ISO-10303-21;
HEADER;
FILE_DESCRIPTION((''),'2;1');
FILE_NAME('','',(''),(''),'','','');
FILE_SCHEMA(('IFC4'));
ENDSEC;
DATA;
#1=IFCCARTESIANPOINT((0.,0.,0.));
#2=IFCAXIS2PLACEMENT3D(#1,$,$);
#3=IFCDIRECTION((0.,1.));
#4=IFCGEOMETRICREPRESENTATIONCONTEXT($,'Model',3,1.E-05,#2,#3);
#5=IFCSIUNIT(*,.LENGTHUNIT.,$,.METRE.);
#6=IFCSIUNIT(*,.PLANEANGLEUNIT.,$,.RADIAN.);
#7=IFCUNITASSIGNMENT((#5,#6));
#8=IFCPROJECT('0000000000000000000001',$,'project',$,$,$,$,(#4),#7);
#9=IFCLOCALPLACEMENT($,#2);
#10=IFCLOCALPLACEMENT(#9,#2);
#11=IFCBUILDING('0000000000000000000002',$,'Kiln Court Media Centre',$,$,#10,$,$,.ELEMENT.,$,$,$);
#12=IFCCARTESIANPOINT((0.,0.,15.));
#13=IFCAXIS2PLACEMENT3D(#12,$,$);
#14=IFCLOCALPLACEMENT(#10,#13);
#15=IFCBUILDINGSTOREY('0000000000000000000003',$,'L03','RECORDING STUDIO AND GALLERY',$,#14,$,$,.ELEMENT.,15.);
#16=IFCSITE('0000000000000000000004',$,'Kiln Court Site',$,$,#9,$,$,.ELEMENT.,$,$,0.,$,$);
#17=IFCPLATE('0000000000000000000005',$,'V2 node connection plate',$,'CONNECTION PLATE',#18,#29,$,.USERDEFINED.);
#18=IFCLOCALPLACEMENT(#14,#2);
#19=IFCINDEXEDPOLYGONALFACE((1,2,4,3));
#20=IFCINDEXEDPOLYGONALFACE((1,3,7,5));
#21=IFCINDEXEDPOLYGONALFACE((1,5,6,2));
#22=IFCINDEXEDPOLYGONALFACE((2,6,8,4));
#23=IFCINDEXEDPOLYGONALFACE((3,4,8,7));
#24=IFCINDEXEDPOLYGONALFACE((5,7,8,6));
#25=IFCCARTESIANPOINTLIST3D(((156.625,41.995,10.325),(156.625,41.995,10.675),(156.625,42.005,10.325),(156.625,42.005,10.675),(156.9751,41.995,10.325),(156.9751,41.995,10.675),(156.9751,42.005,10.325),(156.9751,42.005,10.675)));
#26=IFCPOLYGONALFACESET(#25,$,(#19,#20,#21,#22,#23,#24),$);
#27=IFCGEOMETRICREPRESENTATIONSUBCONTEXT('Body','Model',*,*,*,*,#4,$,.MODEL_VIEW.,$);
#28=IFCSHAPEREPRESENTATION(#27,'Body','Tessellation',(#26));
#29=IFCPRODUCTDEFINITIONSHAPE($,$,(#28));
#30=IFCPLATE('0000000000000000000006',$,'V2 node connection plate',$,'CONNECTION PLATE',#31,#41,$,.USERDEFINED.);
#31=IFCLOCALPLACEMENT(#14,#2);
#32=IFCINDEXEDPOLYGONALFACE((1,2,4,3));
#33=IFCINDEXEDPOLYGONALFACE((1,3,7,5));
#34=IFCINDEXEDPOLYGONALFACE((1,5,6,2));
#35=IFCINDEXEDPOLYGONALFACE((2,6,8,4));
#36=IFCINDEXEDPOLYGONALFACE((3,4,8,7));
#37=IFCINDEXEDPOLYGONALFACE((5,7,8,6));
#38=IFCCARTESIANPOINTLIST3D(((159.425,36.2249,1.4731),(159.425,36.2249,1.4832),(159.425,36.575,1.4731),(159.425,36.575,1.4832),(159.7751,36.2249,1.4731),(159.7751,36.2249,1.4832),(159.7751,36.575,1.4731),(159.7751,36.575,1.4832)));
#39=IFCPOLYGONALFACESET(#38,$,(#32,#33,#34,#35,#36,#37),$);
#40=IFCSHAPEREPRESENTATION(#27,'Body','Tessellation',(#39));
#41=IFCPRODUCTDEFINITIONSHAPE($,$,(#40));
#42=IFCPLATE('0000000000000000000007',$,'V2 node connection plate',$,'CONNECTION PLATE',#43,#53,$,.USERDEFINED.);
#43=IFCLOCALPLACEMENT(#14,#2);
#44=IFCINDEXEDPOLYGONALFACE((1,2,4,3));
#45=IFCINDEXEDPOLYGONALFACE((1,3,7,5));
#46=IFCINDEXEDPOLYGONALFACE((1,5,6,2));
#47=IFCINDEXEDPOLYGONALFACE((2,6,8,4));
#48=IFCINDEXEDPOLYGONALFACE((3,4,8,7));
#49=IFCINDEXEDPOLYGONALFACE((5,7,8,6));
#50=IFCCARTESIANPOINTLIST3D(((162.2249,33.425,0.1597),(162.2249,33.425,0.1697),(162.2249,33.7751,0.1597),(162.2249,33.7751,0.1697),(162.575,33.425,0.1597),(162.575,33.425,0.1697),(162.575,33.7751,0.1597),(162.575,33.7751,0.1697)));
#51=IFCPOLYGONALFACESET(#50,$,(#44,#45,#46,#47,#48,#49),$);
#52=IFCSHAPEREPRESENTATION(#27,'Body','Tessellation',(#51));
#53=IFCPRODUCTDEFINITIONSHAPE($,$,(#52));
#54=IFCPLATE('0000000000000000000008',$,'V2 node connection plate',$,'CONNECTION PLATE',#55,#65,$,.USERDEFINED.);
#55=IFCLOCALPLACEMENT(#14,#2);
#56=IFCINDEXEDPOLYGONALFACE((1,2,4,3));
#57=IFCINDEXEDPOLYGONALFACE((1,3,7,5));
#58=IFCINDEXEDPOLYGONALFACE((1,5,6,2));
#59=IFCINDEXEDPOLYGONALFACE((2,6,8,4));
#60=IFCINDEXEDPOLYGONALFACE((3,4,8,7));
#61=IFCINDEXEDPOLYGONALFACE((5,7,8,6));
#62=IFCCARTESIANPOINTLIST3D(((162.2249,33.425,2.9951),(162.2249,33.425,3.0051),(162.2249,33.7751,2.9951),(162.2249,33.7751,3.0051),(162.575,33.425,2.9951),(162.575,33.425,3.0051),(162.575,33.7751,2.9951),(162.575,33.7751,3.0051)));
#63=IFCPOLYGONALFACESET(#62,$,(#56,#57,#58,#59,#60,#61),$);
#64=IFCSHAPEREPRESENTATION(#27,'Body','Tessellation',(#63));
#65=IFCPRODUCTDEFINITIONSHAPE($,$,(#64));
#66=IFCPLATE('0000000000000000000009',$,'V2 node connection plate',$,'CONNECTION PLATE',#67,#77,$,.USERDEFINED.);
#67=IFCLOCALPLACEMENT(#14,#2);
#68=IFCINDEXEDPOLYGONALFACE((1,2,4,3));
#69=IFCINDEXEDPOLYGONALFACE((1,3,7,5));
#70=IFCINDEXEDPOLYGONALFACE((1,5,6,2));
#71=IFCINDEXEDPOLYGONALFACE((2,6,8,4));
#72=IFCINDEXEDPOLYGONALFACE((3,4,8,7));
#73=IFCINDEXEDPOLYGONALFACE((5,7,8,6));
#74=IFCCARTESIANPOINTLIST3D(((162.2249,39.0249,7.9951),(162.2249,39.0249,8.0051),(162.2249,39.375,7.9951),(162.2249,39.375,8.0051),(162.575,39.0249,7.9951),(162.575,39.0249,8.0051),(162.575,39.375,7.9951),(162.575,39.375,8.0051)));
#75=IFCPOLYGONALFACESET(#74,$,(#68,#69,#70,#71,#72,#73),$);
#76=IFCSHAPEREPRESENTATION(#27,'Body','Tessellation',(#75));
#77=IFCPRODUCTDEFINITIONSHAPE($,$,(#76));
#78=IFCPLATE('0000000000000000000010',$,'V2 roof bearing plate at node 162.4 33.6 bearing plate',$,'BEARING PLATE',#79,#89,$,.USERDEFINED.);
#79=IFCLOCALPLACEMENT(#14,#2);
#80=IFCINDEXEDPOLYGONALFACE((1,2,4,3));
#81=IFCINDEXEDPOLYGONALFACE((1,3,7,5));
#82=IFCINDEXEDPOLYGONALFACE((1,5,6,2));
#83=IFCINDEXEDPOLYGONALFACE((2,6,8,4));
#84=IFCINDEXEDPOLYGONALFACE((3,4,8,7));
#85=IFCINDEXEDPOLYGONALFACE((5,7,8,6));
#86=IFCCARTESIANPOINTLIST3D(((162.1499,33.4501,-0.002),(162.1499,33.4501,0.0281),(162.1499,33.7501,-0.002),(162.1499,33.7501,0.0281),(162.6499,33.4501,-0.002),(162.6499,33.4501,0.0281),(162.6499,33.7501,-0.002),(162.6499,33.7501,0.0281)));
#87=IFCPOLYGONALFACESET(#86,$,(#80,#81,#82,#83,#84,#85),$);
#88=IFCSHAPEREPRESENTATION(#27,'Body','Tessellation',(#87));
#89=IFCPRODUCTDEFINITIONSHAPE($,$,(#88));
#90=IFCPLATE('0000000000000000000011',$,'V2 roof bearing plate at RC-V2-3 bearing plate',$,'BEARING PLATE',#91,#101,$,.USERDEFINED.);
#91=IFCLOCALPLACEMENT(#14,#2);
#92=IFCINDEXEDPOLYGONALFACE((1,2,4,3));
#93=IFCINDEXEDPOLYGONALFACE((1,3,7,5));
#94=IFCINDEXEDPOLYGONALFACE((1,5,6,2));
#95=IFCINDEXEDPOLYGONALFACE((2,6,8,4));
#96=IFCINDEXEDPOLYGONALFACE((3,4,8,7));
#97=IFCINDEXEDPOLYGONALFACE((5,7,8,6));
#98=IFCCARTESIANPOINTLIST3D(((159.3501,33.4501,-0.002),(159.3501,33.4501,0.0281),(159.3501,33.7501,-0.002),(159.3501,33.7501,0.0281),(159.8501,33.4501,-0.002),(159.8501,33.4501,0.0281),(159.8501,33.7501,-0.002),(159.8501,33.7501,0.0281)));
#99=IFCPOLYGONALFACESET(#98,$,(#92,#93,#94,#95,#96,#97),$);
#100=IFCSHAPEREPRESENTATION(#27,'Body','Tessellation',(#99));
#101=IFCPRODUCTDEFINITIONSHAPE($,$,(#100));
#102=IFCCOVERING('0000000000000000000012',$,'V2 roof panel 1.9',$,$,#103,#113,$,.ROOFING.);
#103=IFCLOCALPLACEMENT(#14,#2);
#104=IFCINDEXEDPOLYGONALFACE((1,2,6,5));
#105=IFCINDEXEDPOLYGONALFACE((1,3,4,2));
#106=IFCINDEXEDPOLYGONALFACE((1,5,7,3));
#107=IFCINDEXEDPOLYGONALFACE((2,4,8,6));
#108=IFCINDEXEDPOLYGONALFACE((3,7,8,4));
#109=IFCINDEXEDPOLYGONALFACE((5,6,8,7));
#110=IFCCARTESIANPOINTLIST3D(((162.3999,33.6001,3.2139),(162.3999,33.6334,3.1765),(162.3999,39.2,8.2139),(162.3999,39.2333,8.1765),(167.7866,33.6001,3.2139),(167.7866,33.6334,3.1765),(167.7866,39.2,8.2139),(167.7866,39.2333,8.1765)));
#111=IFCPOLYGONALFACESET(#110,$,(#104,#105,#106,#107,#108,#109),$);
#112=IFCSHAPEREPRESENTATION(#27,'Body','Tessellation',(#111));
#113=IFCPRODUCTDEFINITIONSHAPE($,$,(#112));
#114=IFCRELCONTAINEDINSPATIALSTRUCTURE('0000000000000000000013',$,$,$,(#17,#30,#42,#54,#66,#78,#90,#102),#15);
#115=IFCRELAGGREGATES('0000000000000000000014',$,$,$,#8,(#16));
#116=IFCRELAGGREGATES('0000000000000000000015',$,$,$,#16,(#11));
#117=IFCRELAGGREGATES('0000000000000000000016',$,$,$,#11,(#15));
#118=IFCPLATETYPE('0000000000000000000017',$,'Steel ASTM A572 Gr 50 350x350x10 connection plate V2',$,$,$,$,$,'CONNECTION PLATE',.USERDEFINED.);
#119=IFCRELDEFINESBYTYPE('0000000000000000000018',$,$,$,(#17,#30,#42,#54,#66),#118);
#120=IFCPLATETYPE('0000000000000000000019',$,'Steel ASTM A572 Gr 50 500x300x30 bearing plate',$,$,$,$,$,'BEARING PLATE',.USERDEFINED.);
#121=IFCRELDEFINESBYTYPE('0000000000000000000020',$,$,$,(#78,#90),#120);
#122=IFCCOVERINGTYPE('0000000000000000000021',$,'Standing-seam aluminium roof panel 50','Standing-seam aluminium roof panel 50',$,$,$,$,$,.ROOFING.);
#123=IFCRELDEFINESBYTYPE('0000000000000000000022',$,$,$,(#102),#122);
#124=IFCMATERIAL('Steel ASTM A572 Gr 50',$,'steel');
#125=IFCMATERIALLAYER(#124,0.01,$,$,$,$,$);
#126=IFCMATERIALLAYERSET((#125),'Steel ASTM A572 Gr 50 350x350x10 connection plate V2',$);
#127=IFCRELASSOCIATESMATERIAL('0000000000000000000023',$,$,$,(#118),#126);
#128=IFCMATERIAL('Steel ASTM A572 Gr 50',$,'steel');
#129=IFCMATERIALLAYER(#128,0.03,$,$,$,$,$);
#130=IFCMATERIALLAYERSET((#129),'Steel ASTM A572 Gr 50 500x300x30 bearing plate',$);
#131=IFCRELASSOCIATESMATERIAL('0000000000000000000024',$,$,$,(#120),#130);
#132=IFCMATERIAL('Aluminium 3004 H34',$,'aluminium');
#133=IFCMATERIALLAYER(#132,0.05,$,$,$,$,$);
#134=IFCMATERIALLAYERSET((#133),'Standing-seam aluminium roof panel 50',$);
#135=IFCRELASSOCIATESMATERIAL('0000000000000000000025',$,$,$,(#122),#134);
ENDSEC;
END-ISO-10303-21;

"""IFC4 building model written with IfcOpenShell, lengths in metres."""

from ifc_helpers import new_model, si_unit, direction, frame, origin, origin_2d, place, context, subcontext, project, spatial, polyline, rectangle, outline, extrude, material, layer, layer_set, type_object, element, save


model = new_model("IFC4")

# Units and contexts
model_context = context("Model", 3, precision=1e-05, world=origin(), true_north=direction((0.0, 1.0)))
body_context = subcontext(model_context, "Body", "Model", "MODEL_VIEW")
ifc_project = project(units=[si_unit("LENGTHUNIT", "METRE"), si_unit("PLANEANGLEUNIT", "RADIAN")], contexts=[model_context])

# Site, building, storey
site_placement = place(None, origin())
site = spatial("IfcSite", under=ifc_project, at=site_placement, Name="Kiln Court Site", CompositionType="ELEMENT", RefElevation=0.0)
building_placement = place(site_placement, origin())
building = spatial("IfcBuilding", under=site, at=building_placement, Name="Kiln Court Media Centre", CompositionType="ELEMENT")
storey_placement = place(building_placement, frame((0.0, 0.0, 15.0)))
storey = spatial("IfcBuildingStorey", under=building, at=storey_placement, Name="L03", Description="RECORDING STUDIO AND GALLERY", CompositionType="ELEMENT", Elevation=15.0)

# Plates
ifc_material_1 = material(Name="Steel ASTM A572 Gr 50", Category="steel")
ifc_layer_1 = layer(ifc_material_1, 0.01)
ifc_layer_set_1 = layer_set([ifc_layer_1], Name="Steel ASTM A572 Gr 50 350x350x10 connection plate V2")
plate_type_1 = type_object("IfcPlateType", Name="Steel ASTM A572 Gr 50 350x350x10 connection plate V2", ElementType="CONNECTION PLATE", PredefinedType="USERDEFINED", material=ifc_layer_set_1)
plate_1_placement = place(storey_placement, frame((156.8, 42.0, 10.325), z_axis=(0.0, 0.0, 1.0), x_axis=(1.0, 0.0, 0.0)))
element("IfcPlate", 1, at=plate_1_placement, inside=storey, type_object=plate_type_1, Name="V2 node connection plate", ObjectType="CONNECTION PLATE", PredefinedType="USERDEFINED", context=body_context, shape_type="SweptSolid", body=[
    extrude(rectangle(XDim=0.3501, YDim=0.01, at=origin_2d()), origin(), (0.0, 0.0, 1.0), 0.3501),
])
for number, where, z_axis, x_axis, name in (
    (2, (159.6001, 36.3999, 1.4731), (0.0, 0.0, 1.0), (1.0, 0.0, 0.0), "V2 node connection plate"),
    (3, (162.3999, 33.6001, 0.1597), (0.0, 0.0, 1.0), (1.0, 0.0, 0.0), "V2 node connection plate"),
    (4, (162.3999, 33.6001, 2.9951), (0.0, 0.0, 1.0), (1.0, 0.0, 0.0), "V2 node connection plate"),
    (5, (162.3999, 39.2, 7.9951), (0.0, 0.0, 1.0), (1.0, 0.0, 0.0), "V2 node connection plate"),
):
    element("IfcPlate", number, at=place(storey_placement, frame(where, z_axis=z_axis, x_axis=x_axis)), inside=storey, type_object=plate_type_1, Name=name, ObjectType="CONNECTION PLATE", PredefinedType="USERDEFINED", context=body_context, shape_type="SweptSolid", body=[
        extrude(rectangle(XDim=0.3501, YDim=0.3501, at=origin_2d()), origin(), (0.0, 0.0, 1.0), 0.01),
    ])
ifc_material_2 = material(Name="Steel ASTM A572 Gr 50", Category="steel")
ifc_layer_2 = layer(ifc_material_2, 0.03)
ifc_layer_set_2 = layer_set([ifc_layer_2], Name="Steel ASTM A572 Gr 50 500x300x30 bearing plate")
plate_type_2 = type_object("IfcPlateType", Name="Steel ASTM A572 Gr 50 500x300x30 bearing plate", ElementType="BEARING PLATE", PredefinedType="USERDEFINED", material=ifc_layer_set_2)
for number, where, z_axis, x_axis, name in (
    (6, (162.3999, 33.6001, -0.002), (0.0, 0.0, 1.0), (1.0, 0.0, 0.0), "V2 roof bearing plate at node 162.4 33.6 bearing plate"),
    (7, (159.6001, 33.6001, -0.002), (0.0, 0.0, 1.0), (1.0, 0.0, 0.0), "V2 roof bearing plate at RC-V2-3 bearing plate"),
):
    element("IfcPlate", number, at=place(storey_placement, frame(where, z_axis=z_axis, x_axis=x_axis)), inside=storey, type_object=plate_type_2, Name=name, ObjectType="BEARING PLATE", PredefinedType="USERDEFINED", context=body_context, shape_type="SweptSolid", body=[
        extrude(rectangle(XDim=0.5, YDim=0.3, at=origin_2d()), origin(), (0.0, 0.0, 1.0), 0.03),
    ])

# Covering
ifc_material_3 = material(Name="Aluminium 3004 H34", Category="aluminium")
ifc_layer_3 = layer(ifc_material_3, 0.05)
ifc_layer_set_3 = layer_set([ifc_layer_3], Name="Standing-seam aluminium roof panel 50")
covering_type = type_object("IfcCoveringType", Name="Standing-seam aluminium roof panel 50", Description="Standing-seam aluminium roof panel 50", PredefinedType="ROOFING", material=ifc_layer_set_3)
covering_placement = place(storey_placement, frame((162.3999, 33.6001, 3.2139), z_axis=(0.0, -0.666025, 0.745929), x_axis=(0.0, 0.745929, 0.666025)))
element("IfcCovering", 8, at=covering_placement, inside=storey, type_object=covering_type, Name="V2 roof panel 1.9", PredefinedType="ROOFING", context=body_context, shape_type="SweptSolid", body=[
    extrude(outline(polyline([(0.0, 0.0), (7.5072, 0.0), (7.5072, -5.3867), (0.0, -5.3867), (0.0, 0.0)])), origin(), (0.0, 0.0, -1.0), 0.05),
])

save(model, "model.ifc")
